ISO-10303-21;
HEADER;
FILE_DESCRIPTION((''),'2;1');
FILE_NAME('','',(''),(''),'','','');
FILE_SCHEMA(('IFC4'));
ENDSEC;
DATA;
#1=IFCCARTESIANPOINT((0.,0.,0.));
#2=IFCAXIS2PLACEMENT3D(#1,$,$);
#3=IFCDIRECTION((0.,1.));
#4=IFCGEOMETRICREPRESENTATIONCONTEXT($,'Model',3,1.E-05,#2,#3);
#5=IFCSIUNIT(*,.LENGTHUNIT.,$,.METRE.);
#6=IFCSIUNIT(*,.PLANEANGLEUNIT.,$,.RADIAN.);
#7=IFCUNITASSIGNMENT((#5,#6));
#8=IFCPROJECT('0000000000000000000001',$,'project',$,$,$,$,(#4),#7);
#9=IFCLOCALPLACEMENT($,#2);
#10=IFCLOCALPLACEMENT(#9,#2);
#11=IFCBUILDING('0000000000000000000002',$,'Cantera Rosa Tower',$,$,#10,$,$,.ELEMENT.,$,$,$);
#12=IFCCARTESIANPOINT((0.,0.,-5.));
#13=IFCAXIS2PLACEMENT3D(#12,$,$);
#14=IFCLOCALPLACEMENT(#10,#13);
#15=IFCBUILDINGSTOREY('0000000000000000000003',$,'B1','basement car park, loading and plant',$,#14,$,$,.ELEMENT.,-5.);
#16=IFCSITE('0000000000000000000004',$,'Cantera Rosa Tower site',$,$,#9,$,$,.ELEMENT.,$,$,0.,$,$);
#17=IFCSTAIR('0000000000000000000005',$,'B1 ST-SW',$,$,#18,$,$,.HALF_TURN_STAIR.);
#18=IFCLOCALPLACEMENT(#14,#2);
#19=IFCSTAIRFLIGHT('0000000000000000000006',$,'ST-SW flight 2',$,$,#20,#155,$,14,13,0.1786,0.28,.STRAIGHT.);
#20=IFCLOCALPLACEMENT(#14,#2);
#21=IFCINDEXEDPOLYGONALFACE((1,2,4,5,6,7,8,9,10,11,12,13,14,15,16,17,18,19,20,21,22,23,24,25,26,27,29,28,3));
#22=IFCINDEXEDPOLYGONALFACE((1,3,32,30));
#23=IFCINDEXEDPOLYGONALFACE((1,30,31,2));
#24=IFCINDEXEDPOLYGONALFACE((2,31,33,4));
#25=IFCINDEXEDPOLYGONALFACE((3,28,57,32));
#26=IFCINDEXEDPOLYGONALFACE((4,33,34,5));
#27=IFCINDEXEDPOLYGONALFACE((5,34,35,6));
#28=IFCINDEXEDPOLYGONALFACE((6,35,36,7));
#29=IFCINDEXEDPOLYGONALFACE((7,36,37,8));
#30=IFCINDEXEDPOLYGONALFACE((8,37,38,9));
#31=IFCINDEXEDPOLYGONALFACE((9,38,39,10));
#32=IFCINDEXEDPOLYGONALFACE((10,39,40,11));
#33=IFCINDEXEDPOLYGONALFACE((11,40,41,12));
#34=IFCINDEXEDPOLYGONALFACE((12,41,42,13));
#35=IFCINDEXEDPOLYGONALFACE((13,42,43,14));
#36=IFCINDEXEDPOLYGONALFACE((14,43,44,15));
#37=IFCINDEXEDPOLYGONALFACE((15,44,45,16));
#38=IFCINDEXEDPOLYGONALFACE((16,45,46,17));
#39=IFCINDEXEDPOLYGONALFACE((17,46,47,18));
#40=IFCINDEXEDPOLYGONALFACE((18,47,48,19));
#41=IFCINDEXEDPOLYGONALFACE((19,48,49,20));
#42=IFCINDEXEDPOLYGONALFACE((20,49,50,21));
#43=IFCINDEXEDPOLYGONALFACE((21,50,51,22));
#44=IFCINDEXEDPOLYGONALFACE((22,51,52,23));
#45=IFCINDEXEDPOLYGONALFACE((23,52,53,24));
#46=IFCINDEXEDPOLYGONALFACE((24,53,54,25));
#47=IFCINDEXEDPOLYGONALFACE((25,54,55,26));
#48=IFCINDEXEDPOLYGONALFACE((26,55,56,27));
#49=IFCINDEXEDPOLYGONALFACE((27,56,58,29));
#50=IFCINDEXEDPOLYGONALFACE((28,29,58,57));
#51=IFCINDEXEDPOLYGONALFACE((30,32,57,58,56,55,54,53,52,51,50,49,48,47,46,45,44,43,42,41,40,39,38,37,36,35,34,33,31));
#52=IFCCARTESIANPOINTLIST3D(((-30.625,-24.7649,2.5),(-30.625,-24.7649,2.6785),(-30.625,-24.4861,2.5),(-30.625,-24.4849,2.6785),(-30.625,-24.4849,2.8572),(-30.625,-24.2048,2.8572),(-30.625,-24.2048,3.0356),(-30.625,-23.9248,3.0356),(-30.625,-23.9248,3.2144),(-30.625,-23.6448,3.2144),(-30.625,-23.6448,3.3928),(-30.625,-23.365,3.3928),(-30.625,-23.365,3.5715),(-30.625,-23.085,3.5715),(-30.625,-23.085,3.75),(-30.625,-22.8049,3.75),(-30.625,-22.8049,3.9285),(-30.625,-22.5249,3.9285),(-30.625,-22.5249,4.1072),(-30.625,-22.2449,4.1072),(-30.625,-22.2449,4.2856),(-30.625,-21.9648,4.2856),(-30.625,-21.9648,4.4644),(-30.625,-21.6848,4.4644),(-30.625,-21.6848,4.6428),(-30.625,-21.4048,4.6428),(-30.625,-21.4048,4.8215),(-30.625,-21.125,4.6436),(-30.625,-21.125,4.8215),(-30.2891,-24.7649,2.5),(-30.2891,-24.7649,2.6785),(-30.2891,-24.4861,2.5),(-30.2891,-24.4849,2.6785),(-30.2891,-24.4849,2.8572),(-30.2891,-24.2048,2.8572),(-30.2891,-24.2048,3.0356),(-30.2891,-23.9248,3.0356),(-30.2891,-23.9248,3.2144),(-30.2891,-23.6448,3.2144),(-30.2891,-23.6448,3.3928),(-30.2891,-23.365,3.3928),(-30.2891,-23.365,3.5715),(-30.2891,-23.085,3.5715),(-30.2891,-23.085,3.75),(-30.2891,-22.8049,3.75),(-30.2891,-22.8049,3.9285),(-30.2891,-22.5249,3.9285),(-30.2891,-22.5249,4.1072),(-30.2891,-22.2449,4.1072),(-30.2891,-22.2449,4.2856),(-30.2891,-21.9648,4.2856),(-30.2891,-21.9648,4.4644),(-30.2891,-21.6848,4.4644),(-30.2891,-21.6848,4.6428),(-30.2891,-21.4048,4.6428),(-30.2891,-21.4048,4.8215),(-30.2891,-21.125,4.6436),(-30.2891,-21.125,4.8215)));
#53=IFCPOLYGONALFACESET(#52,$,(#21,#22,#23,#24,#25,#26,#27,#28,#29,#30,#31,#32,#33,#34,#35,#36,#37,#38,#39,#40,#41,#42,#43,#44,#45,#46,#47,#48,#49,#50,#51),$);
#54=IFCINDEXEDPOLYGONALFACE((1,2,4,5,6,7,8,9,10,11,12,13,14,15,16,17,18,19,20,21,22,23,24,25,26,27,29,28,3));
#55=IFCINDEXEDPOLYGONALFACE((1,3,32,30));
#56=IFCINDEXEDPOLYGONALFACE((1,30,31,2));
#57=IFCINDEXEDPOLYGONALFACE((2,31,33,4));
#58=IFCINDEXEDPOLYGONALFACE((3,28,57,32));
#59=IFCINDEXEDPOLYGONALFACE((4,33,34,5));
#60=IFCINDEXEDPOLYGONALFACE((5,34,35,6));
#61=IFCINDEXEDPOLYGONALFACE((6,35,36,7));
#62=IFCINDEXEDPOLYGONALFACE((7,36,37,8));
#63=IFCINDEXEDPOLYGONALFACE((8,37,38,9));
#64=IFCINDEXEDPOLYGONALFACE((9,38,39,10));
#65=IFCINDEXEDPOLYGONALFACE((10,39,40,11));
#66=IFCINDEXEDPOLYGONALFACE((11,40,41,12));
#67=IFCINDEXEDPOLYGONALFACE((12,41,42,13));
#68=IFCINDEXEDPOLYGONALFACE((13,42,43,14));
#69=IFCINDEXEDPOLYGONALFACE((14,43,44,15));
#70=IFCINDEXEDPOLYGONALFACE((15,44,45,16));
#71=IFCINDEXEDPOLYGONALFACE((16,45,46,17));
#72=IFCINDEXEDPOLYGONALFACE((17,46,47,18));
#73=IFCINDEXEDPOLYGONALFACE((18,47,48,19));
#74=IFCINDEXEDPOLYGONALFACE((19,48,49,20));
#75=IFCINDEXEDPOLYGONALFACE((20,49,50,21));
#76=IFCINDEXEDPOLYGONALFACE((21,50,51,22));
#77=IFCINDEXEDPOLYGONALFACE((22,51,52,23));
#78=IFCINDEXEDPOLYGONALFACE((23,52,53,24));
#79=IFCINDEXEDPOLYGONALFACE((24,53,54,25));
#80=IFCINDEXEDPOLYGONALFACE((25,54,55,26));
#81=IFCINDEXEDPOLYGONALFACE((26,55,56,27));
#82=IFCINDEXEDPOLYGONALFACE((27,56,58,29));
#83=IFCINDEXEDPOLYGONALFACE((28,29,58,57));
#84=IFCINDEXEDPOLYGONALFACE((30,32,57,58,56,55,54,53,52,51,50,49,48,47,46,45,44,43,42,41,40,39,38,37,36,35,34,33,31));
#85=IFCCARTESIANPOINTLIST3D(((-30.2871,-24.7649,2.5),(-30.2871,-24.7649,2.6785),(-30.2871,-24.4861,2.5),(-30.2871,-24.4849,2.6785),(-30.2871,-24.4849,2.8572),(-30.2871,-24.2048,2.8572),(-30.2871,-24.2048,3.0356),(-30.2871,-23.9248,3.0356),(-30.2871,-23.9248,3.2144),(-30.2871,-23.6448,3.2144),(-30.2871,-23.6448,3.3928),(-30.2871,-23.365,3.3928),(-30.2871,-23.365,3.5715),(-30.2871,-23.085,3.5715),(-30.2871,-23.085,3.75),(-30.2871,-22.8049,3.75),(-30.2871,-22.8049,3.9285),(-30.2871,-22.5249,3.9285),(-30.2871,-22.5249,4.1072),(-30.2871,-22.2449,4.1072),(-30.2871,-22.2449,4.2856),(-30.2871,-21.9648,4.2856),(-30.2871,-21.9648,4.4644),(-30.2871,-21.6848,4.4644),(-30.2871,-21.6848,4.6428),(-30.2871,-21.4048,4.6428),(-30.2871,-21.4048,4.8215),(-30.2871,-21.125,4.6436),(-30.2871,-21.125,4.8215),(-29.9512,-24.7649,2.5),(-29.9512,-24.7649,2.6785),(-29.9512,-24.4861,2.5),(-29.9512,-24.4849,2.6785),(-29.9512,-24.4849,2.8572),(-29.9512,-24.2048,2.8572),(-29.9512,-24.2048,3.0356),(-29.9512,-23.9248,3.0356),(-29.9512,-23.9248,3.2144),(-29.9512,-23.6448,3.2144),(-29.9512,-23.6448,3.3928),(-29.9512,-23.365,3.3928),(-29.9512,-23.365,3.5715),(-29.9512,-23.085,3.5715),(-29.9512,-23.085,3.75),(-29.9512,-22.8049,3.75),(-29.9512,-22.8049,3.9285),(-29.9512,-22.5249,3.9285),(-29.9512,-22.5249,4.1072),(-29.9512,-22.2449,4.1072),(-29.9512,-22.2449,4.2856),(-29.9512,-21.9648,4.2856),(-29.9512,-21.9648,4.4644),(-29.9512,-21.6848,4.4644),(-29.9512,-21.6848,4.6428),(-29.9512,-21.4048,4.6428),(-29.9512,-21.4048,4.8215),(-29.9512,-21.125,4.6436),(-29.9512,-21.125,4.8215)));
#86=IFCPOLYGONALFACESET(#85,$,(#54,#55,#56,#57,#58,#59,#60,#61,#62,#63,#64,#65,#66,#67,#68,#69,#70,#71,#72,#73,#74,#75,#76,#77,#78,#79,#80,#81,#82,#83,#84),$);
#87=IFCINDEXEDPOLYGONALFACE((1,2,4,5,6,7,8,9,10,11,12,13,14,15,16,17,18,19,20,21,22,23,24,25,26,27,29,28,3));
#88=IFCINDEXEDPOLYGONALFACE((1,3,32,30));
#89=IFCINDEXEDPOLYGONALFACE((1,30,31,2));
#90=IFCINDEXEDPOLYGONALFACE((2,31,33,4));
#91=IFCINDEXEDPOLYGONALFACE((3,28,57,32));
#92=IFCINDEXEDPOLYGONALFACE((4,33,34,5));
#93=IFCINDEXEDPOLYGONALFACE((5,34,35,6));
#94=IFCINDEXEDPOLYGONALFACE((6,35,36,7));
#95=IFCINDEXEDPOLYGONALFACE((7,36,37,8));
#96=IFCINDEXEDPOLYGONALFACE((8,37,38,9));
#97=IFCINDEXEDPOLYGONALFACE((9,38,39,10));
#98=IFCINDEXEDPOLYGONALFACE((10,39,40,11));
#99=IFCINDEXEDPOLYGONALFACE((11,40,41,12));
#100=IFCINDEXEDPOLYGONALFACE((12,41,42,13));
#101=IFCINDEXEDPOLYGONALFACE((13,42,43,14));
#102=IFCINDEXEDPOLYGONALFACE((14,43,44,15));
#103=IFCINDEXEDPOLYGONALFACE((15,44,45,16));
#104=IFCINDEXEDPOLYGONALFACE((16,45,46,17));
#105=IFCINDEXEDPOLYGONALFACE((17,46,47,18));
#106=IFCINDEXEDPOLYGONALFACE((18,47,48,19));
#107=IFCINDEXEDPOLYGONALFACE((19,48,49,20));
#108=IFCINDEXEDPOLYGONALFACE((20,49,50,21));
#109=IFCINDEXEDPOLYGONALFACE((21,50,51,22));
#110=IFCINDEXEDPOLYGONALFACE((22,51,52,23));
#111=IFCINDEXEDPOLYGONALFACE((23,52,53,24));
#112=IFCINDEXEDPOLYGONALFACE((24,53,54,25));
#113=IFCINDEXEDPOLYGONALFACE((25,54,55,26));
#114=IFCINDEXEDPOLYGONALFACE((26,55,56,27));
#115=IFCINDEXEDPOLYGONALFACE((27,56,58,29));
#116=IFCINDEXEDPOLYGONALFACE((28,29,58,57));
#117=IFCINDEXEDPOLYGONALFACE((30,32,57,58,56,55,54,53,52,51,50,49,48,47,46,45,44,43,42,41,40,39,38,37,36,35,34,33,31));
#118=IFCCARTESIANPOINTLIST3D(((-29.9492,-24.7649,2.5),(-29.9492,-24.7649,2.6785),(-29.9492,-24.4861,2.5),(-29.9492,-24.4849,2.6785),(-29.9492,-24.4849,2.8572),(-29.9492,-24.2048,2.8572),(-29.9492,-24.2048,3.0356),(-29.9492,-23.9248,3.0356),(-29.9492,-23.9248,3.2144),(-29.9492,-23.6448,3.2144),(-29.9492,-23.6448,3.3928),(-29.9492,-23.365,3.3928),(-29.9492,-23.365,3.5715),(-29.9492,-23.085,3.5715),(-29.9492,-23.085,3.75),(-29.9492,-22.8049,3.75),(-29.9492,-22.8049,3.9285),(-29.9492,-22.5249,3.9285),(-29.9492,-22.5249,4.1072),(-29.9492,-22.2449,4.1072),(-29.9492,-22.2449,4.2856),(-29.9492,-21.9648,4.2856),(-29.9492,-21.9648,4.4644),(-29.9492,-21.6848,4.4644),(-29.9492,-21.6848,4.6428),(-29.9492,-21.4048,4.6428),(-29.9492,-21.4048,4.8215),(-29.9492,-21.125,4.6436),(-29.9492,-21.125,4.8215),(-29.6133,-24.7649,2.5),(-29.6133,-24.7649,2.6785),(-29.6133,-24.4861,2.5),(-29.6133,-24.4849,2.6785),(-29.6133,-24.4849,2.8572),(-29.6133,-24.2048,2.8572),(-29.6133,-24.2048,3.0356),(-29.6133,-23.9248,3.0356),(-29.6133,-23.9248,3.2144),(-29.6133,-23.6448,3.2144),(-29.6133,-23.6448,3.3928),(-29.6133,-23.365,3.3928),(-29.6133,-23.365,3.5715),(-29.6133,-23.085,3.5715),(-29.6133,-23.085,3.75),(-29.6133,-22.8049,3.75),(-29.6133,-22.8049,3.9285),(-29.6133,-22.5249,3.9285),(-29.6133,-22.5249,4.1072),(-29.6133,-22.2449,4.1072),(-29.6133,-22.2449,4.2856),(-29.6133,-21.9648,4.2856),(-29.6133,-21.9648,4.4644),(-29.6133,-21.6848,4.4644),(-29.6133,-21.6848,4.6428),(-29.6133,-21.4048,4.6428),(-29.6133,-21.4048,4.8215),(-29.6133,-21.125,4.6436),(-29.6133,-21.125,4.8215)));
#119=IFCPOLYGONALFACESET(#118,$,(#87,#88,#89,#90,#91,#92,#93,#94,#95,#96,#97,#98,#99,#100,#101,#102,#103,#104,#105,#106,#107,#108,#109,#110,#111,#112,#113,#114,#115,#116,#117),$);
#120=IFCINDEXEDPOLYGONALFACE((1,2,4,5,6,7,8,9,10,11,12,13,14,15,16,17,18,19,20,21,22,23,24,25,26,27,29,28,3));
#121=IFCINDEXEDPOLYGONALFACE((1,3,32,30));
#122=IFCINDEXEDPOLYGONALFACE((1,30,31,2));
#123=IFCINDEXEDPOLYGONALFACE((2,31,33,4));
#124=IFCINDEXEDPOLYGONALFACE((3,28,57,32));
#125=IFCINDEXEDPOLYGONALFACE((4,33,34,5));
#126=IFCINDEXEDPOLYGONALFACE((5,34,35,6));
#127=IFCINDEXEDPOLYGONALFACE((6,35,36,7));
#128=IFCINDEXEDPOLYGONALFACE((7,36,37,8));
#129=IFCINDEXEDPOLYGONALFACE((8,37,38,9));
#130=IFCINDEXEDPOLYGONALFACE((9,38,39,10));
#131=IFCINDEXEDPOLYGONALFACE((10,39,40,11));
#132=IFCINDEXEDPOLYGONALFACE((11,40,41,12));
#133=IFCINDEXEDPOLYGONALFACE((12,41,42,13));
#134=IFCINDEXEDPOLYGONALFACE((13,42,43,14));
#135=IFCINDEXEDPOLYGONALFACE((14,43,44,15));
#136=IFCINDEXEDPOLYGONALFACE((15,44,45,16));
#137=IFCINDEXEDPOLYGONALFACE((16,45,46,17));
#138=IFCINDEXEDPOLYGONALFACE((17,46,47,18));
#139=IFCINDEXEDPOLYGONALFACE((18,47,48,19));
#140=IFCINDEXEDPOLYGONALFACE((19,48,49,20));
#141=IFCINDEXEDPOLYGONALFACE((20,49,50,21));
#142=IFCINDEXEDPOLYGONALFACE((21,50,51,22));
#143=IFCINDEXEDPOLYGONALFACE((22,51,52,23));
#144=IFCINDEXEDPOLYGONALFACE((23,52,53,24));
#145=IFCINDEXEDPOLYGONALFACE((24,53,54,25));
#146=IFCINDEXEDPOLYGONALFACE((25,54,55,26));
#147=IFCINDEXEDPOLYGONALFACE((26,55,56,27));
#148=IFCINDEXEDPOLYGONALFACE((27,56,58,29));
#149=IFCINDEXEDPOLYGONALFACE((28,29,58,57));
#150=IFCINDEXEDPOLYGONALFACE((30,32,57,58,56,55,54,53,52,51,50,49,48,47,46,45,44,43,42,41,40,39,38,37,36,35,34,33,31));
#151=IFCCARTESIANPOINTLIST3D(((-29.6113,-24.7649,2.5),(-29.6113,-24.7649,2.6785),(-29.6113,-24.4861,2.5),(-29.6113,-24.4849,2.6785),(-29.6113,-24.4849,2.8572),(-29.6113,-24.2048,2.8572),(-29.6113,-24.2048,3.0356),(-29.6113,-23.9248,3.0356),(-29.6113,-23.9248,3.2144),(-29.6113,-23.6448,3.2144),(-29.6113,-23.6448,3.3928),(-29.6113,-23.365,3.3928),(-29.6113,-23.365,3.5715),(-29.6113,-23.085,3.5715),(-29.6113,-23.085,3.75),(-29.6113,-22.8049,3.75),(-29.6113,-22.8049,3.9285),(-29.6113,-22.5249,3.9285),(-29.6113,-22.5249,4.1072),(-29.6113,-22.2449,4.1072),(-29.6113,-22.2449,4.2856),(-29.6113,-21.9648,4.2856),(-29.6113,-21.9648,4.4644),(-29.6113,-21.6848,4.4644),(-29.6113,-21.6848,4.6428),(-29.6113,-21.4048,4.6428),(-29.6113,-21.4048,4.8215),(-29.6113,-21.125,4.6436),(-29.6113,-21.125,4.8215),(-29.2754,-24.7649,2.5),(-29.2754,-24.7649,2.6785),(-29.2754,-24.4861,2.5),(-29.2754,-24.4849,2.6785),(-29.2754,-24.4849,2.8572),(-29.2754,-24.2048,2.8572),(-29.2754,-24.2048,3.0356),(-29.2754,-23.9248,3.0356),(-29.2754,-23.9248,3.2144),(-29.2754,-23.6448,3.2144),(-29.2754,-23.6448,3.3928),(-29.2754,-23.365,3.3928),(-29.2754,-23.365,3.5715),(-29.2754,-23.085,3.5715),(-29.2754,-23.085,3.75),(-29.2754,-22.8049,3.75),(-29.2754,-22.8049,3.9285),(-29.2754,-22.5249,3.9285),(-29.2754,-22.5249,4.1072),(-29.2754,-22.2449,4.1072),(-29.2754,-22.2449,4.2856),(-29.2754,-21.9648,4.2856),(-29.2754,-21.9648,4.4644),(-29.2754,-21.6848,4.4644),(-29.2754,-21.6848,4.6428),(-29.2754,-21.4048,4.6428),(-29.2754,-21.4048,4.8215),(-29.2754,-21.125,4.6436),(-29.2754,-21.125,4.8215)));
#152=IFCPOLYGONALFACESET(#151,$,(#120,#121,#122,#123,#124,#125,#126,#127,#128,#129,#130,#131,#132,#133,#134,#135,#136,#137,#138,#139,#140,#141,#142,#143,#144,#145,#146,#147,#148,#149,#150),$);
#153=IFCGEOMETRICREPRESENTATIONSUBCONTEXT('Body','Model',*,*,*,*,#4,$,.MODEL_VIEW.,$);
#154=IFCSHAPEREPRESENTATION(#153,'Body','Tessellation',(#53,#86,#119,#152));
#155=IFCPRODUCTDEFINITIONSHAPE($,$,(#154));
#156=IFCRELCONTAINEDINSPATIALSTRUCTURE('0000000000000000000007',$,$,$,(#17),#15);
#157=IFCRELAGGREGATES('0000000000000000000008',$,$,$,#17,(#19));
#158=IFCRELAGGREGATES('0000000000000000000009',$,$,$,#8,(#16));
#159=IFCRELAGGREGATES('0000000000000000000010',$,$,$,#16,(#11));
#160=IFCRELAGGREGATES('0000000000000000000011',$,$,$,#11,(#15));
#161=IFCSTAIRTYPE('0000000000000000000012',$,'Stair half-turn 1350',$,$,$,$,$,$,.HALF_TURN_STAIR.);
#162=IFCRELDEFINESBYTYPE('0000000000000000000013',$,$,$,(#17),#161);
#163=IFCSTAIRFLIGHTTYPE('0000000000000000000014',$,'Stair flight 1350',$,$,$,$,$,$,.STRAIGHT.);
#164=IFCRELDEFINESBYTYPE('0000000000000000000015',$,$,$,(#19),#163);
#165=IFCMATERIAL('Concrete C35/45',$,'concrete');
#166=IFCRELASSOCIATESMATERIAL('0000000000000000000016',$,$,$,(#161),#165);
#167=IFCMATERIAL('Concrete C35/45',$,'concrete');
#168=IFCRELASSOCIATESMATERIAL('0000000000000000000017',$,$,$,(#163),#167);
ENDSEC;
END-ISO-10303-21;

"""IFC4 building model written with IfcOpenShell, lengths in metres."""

from ifc_helpers import new_model, si_unit, direction, frame, origin, place, context, subcontext, project, spatial, polyline, outline, extrude, material, type_object, element, aggregate, save


model = new_model("IFC4")

# Units and contexts
model_context = context("Model", 3, precision=1e-05, world=origin(), true_north=direction((0.0, 1.0)))
body_context = subcontext(model_context, "Body", "Model", "MODEL_VIEW")
ifc_project = project(units=[si_unit("LENGTHUNIT", "METRE"), si_unit("PLANEANGLEUNIT", "RADIAN")], contexts=[model_context])

# Site, building, storey
site_placement = place(None, origin())
site = spatial("IfcSite", under=ifc_project, at=site_placement, Name="Cantera Rosa Tower site", CompositionType="ELEMENT", RefElevation=0.0)
building_placement = place(site_placement, origin())
building = spatial("IfcBuilding", under=site, at=building_placement, Name="Cantera Rosa Tower", CompositionType="ELEMENT")
storey_placement = place(building_placement, frame((0.0, 0.0, -5.0)))
storey = spatial("IfcBuildingStorey", under=building, at=storey_placement, Name="B1", Description="basement car park, loading and plant", CompositionType="ELEMENT", Elevation=-5.0)

# Stair, stair flight
ifc_material_1 = material(Name="Concrete C35/45", Category="concrete")
stair_type = type_object("IfcStairType", Name="Stair half-turn 1350", PredefinedType="HALF_TURN_STAIR", material=ifc_material_1)
stair_placement = place(storey_placement, origin())
stair = element("IfcStair", 1, at=stair_placement, inside=storey, type_object=stair_type, Name="B1 ST-SW", PredefinedType="HALF_TURN_STAIR")
ifc_material_2 = material(Name="Concrete C35/45", Category="concrete")
stair_flight_type = type_object("IfcStairFlightType", Name="Stair flight 1350", PredefinedType="STRAIGHT", material=ifc_material_2)
stair_flight_placement = place(storey_placement, frame((-29.95, -24.7649, 2.5), z_axis=(0.0, 0.0, 1.0), x_axis=(0.0, 1.0, 0.0)))
stair_flight = element("IfcStairFlight", 2, at=stair_flight_placement, type_object=stair_flight_type, Name="ST-SW flight 2", NumberOfRisers=14, NumberOfTreads=13, PredefinedType="STRAIGHT", RiserHeight=0.1786, TreadLength=0.28, context=body_context, shape_type="SweptSolid", body=[
    extrude(outline(polyline([(0.0, 0.0), (0.0, 0.1785), (0.28, 0.1785), (0.28, 0.3572), (0.5601, 0.3572), (0.5601, 0.5356), (0.8401, 0.5356), (0.8401, 0.7144), (1.1201, 0.7144), (1.1201, 0.8928), (1.3999, 0.8928), (1.3999, 1.0715), (1.6799, 1.0715), (1.6799, 1.25), (1.96, 1.25), (1.96, 1.4285), (2.24, 1.4285), (2.24, 1.6072), (2.52, 1.6072), (2.52, 1.7856), (2.8, 1.7856), (2.8, 1.9644), (3.0801, 1.9644), (3.0801, 2.1428), (3.3601, 2.1428), (3.3601, 2.3215), (3.6399, 2.3215), (3.6399, 2.5), (3.6399, 2.1436), (0.2788, 0.0), (0.0, 0.0)])), frame((0.0, 0.675, 0.0), z_axis=(0.0, -1.0, 0.0), x_axis=(1.0, 0.0, 0.0)), (0.0, 0.0, 1.0), 0.3359),
    extrude(outline(polyline([(0.0, 0.0), (0.0, 0.1785), (0.28, 0.1785), (0.28, 0.3572), (0.5601, 0.3572), (0.5601, 0.5356), (0.8401, 0.5356), (0.8401, 0.7144), (1.1201, 0.7144), (1.1201, 0.8928), (1.3999, 0.8928), (1.3999, 1.0715), (1.6799, 1.0715), (1.6799, 1.25), (1.96, 1.25), (1.96, 1.4285), (2.24, 1.4285), (2.24, 1.6072), (2.52, 1.6072), (2.52, 1.7856), (2.8, 1.7856), (2.8, 1.9644), (3.0801, 1.9644), (3.0801, 2.1428), (3.3601, 2.1428), (3.3601, 2.3215), (3.6399, 2.3215), (3.6399, 2.5), (3.6399, 2.1436), (0.2788, 0.0), (0.0, 0.0)])), frame((0.0, 0.3372, 0.0), z_axis=(0.0, -1.0, 0.0), x_axis=(1.0, 0.0, 0.0)), (0.0, 0.0, 1.0), 0.3359),
    extrude(outline(polyline([(0.0, 0.0), (0.0, 0.1785), (0.28, 0.1785), (0.28, 0.3572), (0.5601, 0.3572), (0.5601, 0.5356), (0.8401, 0.5356), (0.8401, 0.7144), (1.1201, 0.7144), (1.1201, 0.8928), (1.3999, 0.8928), (1.3999, 1.0715), (1.6799, 1.0715), (1.6799, 1.25), (1.96, 1.25), (1.96, 1.4285), (2.24, 1.4285), (2.24, 1.6072), (2.52, 1.6072), (2.52, 1.7856), (2.8, 1.7856), (2.8, 1.9644), (3.0801, 1.9644), (3.0801, 2.1428), (3.3601, 2.1428), (3.3601, 2.3215), (3.6399, 2.3215), (3.6399, 2.5), (3.6399, 2.1436), (0.2788, 0.0), (0.0, 0.0)])), frame((0.0, -0.0007, 0.0), z_axis=(0.0, -1.0, 0.0), x_axis=(1.0, 0.0, 0.0)), (0.0, 0.0, 1.0), 0.3359),
    extrude(outline(polyline([(0.0, 0.0), (0.0, 0.1785), (0.28, 0.1785), (0.28, 0.3572), (0.5601, 0.3572), (0.5601, 0.5356), (0.8401, 0.5356), (0.8401, 0.7144), (1.1201, 0.7144), (1.1201, 0.8928), (1.3999, 0.8928), (1.3999, 1.0715), (1.6799, 1.0715), (1.6799, 1.25), (1.96, 1.25), (1.96, 1.4285), (2.24, 1.4285), (2.24, 1.6072), (2.52, 1.6072), (2.52, 1.7856), (2.8, 1.7856), (2.8, 1.9644), (3.0801, 1.9644), (3.0801, 2.1428), (3.3601, 2.1428), (3.3601, 2.3215), (3.6399, 2.3215), (3.6399, 2.5), (3.6399, 2.1436), (0.2788, 0.0), (0.0, 0.0)])), frame((0.0, -0.3386, 0.0), z_axis=(0.0, -1.0, 0.0), x_axis=(1.0, 0.0, 0.0)), (0.0, 0.0, 1.0), 0.3359),
])
aggregate(stair, [stair_flight])

save(model, "model.ifc")
